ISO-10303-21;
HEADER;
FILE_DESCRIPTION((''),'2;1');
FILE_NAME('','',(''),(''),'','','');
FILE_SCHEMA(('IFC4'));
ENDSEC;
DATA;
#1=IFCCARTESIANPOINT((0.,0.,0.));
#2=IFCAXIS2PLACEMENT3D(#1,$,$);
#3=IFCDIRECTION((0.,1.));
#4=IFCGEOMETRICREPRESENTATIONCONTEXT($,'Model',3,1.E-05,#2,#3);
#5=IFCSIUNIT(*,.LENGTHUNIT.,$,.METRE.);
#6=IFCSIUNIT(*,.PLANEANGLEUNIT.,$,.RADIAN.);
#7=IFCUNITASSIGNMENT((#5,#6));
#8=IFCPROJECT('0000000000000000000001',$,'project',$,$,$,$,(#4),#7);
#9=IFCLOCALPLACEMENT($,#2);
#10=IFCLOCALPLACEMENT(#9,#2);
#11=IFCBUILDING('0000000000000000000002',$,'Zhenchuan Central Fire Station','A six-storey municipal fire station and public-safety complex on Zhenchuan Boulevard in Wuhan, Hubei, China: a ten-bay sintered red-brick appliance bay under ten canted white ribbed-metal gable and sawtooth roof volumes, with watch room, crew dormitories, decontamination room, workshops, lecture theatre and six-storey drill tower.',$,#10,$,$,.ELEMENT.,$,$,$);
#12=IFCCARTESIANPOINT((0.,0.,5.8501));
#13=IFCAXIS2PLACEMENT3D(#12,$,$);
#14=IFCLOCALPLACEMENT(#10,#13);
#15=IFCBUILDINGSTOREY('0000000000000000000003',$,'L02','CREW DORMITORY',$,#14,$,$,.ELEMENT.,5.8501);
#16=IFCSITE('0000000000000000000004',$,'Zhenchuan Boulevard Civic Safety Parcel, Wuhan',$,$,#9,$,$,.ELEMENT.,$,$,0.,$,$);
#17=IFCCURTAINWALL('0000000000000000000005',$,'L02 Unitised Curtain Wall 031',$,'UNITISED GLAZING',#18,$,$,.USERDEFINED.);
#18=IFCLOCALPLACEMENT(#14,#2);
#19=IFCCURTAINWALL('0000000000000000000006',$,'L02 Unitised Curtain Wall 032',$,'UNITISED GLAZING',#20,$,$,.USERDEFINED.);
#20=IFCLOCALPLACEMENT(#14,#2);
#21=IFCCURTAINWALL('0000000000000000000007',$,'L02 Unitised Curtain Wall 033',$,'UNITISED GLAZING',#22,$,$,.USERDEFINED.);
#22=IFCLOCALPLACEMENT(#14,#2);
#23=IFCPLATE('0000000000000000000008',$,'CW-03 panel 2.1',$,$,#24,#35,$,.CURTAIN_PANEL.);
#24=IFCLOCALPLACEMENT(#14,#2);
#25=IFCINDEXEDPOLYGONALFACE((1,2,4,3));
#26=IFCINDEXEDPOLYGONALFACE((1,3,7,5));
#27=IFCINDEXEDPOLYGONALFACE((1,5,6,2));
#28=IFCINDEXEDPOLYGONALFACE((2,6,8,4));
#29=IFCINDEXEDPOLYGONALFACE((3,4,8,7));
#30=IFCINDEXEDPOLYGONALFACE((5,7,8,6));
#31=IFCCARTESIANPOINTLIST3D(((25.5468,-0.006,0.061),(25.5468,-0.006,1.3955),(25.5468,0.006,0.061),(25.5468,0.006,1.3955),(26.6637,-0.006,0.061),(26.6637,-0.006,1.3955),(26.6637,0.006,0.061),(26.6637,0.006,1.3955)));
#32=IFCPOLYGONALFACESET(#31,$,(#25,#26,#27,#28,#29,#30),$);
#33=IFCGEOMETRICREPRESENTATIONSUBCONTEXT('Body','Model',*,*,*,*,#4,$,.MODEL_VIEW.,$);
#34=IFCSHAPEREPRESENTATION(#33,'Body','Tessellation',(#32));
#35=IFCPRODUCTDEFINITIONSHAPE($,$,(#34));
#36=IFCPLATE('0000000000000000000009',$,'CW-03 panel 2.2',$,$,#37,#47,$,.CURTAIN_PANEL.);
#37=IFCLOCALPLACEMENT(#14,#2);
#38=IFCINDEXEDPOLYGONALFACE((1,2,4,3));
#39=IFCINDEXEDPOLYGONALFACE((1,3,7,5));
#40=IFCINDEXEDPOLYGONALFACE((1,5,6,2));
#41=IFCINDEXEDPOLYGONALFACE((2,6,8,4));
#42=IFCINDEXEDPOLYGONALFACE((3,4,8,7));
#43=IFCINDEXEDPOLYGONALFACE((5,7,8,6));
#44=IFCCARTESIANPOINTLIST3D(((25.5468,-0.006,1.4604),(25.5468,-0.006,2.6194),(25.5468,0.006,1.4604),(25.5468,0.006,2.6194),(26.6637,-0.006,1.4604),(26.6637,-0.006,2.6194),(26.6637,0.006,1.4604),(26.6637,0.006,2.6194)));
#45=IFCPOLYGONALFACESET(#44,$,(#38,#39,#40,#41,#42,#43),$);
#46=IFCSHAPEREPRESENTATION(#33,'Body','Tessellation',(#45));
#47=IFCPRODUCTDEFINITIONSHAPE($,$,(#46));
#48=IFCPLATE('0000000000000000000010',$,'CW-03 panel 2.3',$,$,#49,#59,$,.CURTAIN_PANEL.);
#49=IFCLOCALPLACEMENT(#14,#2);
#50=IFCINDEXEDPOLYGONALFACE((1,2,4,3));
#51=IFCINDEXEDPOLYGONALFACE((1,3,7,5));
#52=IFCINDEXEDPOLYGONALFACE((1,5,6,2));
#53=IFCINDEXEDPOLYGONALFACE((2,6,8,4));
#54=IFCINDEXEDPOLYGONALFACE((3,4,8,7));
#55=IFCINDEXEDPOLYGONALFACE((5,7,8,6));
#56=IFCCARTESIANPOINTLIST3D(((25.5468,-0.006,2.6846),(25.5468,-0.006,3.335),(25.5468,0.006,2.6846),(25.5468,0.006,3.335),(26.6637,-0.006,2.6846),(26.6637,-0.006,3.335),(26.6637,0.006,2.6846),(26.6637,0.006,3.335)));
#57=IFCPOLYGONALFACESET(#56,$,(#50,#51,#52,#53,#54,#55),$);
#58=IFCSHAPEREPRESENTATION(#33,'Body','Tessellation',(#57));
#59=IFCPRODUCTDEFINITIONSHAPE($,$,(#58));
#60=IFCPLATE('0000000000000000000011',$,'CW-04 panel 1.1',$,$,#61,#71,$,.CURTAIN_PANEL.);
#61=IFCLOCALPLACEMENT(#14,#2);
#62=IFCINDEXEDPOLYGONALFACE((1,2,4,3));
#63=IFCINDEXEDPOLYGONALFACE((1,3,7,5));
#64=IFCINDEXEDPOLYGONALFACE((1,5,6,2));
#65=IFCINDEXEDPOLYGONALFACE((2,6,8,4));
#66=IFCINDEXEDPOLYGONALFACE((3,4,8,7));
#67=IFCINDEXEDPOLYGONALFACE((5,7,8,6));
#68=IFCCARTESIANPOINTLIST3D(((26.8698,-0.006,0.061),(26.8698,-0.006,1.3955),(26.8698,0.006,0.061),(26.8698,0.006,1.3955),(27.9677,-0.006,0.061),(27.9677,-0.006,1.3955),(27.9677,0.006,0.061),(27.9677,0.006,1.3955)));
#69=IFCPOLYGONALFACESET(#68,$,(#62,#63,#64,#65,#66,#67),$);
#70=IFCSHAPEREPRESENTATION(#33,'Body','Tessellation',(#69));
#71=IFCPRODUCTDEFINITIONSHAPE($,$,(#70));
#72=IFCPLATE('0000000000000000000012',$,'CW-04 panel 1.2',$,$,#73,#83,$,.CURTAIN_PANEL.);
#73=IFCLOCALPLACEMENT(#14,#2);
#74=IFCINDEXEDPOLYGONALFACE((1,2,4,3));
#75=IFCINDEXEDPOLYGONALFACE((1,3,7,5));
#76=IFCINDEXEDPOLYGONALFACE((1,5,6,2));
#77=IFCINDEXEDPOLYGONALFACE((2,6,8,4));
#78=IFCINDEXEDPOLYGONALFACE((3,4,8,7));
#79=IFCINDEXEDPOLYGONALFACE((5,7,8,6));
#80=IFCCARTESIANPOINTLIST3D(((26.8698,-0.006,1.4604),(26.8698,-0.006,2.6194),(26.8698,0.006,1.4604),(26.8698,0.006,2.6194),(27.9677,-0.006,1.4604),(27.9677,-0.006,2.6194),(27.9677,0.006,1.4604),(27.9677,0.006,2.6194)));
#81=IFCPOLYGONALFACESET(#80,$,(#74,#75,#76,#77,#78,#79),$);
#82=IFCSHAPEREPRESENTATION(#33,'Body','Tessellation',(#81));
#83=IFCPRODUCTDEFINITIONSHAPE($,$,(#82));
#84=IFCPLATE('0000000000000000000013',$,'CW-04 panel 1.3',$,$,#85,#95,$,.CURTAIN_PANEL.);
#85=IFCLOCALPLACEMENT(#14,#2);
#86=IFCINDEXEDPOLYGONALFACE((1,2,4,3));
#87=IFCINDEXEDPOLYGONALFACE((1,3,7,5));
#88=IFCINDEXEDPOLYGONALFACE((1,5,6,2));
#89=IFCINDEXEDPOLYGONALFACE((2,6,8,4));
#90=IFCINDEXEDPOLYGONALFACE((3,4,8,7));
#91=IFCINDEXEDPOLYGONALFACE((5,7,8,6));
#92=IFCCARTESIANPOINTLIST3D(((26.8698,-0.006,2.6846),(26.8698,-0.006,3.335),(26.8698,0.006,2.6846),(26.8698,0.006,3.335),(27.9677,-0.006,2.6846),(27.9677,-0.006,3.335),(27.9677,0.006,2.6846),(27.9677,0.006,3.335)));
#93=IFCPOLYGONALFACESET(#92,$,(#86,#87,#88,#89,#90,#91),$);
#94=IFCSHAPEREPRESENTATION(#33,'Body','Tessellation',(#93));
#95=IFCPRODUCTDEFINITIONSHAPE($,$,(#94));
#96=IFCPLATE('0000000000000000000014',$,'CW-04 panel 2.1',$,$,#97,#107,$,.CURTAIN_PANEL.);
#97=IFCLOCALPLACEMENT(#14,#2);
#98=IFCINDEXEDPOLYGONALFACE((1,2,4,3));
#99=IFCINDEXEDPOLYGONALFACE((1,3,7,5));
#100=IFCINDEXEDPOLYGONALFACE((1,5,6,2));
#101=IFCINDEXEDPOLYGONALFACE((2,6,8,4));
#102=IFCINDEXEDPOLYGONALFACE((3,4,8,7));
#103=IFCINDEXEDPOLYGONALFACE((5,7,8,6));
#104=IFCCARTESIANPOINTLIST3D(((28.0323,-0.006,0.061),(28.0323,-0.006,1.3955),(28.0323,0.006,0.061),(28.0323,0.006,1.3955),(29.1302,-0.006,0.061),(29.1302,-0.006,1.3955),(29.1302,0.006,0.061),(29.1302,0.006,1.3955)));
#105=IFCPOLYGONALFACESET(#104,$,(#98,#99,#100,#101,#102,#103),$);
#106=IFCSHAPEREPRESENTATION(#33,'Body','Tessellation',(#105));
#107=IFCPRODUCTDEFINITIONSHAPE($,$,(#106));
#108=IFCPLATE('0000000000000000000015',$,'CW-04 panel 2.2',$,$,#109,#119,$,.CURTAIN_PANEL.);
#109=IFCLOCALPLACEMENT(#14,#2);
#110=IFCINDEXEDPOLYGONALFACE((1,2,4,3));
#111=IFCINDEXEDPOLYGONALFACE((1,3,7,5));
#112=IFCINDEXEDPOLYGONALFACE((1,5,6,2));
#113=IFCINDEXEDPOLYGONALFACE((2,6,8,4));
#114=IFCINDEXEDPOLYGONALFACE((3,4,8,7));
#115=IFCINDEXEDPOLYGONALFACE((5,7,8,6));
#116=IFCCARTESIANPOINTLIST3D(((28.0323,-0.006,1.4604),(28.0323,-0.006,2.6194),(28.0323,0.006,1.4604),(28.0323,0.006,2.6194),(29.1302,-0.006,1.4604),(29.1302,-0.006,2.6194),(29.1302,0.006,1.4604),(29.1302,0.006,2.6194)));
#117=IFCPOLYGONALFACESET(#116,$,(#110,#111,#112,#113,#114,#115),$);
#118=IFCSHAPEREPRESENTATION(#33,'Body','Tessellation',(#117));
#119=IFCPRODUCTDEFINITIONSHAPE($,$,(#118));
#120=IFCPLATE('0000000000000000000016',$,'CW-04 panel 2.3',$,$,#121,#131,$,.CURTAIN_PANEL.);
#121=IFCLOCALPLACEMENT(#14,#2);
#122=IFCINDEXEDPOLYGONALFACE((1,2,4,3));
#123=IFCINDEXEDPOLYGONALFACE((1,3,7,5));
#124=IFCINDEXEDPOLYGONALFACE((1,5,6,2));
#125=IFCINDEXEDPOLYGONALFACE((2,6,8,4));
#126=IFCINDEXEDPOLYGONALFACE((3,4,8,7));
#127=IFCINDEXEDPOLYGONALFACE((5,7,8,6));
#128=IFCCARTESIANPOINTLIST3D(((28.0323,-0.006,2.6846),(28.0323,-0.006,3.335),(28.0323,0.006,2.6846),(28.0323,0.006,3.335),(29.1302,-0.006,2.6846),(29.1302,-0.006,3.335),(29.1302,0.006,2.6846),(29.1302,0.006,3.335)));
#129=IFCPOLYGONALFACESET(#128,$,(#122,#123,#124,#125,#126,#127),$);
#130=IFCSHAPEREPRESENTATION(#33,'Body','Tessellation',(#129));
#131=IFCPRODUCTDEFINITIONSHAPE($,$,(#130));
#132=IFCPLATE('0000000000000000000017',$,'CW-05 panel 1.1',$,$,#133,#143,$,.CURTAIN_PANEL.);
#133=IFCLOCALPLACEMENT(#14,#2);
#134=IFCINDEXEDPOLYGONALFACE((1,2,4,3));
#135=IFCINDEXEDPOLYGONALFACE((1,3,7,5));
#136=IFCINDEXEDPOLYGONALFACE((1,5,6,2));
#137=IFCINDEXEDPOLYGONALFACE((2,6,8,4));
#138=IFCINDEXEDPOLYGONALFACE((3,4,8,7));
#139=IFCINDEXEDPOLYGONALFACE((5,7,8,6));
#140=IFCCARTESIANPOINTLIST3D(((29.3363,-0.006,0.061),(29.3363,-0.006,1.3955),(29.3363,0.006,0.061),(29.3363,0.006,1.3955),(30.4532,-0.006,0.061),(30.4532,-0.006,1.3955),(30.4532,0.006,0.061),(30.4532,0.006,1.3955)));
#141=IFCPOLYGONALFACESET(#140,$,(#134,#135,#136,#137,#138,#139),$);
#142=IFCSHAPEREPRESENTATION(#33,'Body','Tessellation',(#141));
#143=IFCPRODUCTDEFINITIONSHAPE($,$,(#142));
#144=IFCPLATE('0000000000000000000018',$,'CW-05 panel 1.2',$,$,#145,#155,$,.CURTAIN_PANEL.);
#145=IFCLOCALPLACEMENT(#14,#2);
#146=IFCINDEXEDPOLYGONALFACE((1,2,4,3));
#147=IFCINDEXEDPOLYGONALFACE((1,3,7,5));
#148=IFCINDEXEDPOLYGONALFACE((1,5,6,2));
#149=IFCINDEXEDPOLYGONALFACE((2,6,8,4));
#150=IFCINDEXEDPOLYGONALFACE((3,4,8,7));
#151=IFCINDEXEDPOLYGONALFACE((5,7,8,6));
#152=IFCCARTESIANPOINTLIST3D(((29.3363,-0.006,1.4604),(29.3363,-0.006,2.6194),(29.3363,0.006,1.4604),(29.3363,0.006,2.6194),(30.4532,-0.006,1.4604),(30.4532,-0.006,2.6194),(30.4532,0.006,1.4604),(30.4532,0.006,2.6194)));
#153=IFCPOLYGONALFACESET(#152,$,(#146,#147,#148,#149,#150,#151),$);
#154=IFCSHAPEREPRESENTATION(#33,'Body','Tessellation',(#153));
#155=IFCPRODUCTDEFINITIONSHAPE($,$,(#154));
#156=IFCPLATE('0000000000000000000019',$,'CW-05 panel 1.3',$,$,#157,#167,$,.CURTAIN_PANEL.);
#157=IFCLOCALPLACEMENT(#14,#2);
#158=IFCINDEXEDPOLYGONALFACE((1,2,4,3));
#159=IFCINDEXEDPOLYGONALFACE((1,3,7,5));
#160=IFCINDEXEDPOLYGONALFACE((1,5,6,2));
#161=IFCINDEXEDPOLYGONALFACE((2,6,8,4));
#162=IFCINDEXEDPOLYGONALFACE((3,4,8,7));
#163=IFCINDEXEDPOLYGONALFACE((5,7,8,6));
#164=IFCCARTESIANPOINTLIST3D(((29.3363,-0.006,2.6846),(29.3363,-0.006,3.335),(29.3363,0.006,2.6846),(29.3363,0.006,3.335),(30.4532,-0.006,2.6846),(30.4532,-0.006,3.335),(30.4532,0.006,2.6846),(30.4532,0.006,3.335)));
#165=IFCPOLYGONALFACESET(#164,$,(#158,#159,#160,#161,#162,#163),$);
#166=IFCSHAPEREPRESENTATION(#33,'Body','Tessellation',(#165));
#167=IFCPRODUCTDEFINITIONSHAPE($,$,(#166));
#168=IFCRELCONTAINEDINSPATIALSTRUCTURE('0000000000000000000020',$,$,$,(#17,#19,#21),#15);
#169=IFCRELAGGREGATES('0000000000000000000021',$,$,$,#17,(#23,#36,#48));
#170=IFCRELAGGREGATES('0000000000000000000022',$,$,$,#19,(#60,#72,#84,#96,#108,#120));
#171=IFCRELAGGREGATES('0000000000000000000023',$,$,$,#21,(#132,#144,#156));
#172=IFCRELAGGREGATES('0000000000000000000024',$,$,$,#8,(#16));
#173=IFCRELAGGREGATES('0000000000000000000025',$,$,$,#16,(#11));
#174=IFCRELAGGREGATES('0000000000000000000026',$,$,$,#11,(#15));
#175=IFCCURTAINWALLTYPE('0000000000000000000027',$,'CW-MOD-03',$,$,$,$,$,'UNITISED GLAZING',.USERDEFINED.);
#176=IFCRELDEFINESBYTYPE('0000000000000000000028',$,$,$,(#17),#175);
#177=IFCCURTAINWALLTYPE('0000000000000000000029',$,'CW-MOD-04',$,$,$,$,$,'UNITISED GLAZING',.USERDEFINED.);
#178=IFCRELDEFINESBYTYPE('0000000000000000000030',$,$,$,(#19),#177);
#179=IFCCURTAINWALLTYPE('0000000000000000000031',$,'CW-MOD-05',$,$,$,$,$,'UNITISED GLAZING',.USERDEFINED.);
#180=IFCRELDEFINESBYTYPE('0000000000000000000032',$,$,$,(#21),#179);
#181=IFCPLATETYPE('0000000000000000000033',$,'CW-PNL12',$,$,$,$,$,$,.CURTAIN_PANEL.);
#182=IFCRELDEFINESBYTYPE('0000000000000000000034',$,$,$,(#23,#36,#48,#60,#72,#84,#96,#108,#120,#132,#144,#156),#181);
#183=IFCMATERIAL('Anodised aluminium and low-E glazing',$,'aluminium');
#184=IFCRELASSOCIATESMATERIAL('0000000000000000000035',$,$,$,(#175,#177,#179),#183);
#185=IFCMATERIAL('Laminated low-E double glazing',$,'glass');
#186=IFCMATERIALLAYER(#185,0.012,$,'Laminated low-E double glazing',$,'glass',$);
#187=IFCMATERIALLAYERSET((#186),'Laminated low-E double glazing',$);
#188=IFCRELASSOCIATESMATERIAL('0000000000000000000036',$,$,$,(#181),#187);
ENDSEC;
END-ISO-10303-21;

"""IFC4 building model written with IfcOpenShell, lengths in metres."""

from ifc_helpers import new_model, si_unit, direction, frame, origin, origin_2d, place, context, subcontext, project, spatial, rectangle, extrude, material, layer, layer_set, type_object, element, aggregate, save


model = new_model("IFC4")

# Units and contexts
model_context = context("Model", 3, precision=1e-05, world=origin(), true_north=direction((0.0, 1.0)))
body_context = subcontext(model_context, "Body", "Model", "MODEL_VIEW")
ifc_project = project(units=[si_unit("LENGTHUNIT", "METRE"), si_unit("PLANEANGLEUNIT", "RADIAN")], contexts=[model_context])

# Site, building, storey
site_placement = place(None, origin())
site = spatial("IfcSite", under=ifc_project, at=site_placement, Name="Zhenchuan Boulevard Civic Safety Parcel, Wuhan", CompositionType="ELEMENT", RefElevation=0.0)
building_placement = place(site_placement, origin())
building = spatial("IfcBuilding", under=site, at=building_placement, Name="Zhenchuan Central Fire Station", Description="A six-storey municipal fire station and public-safety complex on Zhenchuan Boulevard in Wuhan, Hubei, China: a ten-bay sintered red-brick appliance bay under ten canted white ribbed-metal gable and sawtooth roof volumes, with watch room, crew dormitories, decontamination room, workshops, lecture theatre and six-storey drill tower.", CompositionType="ELEMENT")
storey_placement = place(building_placement, frame((0.0, 0.0, 5.8501)))
storey = spatial("IfcBuildingStorey", under=building, at=storey_placement, Name="L02", Description="CREW DORMITORY", CompositionType="ELEMENT", Elevation=5.8501)

# Curtain wall
ifc_material_1 = material(Name="Anodised aluminium and low-E glazing", Category="aluminium")
curtain_wall_type_1 = type_object("IfcCurtainWallType", Name="CW-MOD-03", ElementType="UNITISED GLAZING", PredefinedType="USERDEFINED", material=ifc_material_1)
curtain_wall_1_placement = place(storey_placement, origin())
curtain_wall_1 = element("IfcCurtainWall", 1, at=curtain_wall_1_placement, inside=storey, type_object=curtain_wall_type_1, Name="L02 Unitised Curtain Wall 031", ObjectType="UNITISED GLAZING", PredefinedType="USERDEFINED")

# Curtain walls
curtain_wall_type_2 = type_object("IfcCurtainWallType", Name="CW-MOD-04", ElementType="UNITISED GLAZING", PredefinedType="USERDEFINED", material=ifc_material_1)
curtain_wall_2_placement = place(storey_placement, origin())
curtain_wall_2 = element("IfcCurtainWall", 2, at=curtain_wall_2_placement, inside=storey, type_object=curtain_wall_type_2, Name="L02 Unitised Curtain Wall 032", ObjectType="UNITISED GLAZING", PredefinedType="USERDEFINED")
curtain_wall_type_3 = type_object("IfcCurtainWallType", Name="CW-MOD-05", ElementType="UNITISED GLAZING", PredefinedType="USERDEFINED", material=ifc_material_1)
curtain_wall_3_placement = place(storey_placement, origin())
curtain_wall_3 = element("IfcCurtainWall", 3, at=curtain_wall_3_placement, inside=storey, type_object=curtain_wall_type_3, Name="L02 Unitised Curtain Wall 033", ObjectType="UNITISED GLAZING", PredefinedType="USERDEFINED")

# Plates
ifc_material_2 = material(Name="Laminated low-E double glazing", Category="glass")
ifc_layer = layer(ifc_material_2, 0.012, Name="Laminated low-E double glazing", Category="glass")
ifc_layer_set = layer_set([ifc_layer], Name="Laminated low-E double glazing")
plate_type = type_object("IfcPlateType", Name="CW-PNL12", PredefinedType="CURTAIN_PANEL", material=ifc_layer_set)
plate_1_placement = place(storey_placement, frame((26.1052, 0.0, 0.061), z_axis=(0.0, 0.0, 1.0), x_axis=(1.0, 0.0, 0.0)))
plate_1 = element("IfcPlate", 4, at=plate_1_placement, type_object=plate_type, Name="CW-03 panel 2.1", PredefinedType="CURTAIN_PANEL", context=body_context, shape_type="SweptSolid", body=[
    extrude(rectangle(XDim=1.1169, YDim=0.012, at=origin_2d()), origin(), (0.0, 0.0, 1.0), 1.3345),
])
plate_2_placement = place(storey_placement, frame((26.1052, 0.0, 1.4604), z_axis=(0.0, 0.0, 1.0), x_axis=(1.0, 0.0, 0.0)))
plate_2 = element("IfcPlate", 5, at=plate_2_placement, type_object=plate_type, Name="CW-03 panel 2.2", PredefinedType="CURTAIN_PANEL", context=body_context, shape_type="SweptSolid", body=[
    extrude(rectangle(XDim=1.1169, YDim=0.012, at=origin_2d()), origin(), (0.0, 0.0, 1.0), 1.1589),
])
plate_3_placement = place(storey_placement, frame((26.1052, 0.0, 2.6846), z_axis=(0.0, 0.0, 1.0), x_axis=(1.0, 0.0, 0.0)))
plate_3 = element("IfcPlate", 6, at=plate_3_placement, type_object=plate_type, Name="CW-03 panel 2.3", PredefinedType="CURTAIN_PANEL", context=body_context, shape_type="SweptSolid", body=[
    extrude(rectangle(XDim=1.1169, YDim=0.012, at=origin_2d()), origin(), (0.0, 0.0, 1.0), 0.6504),
])
aggregate(curtain_wall_1, [plate_1, plate_2, plate_3])
plate_4_placement = place(storey_placement, frame((27.4187, 0.0, 0.061), z_axis=(0.0, 0.0, 1.0), x_axis=(1.0, 0.0, 0.0)))
plate_4 = element("IfcPlate", 7, at=plate_4_placement, type_object=plate_type, Name="CW-04 panel 1.1", PredefinedType="CURTAIN_PANEL", context=body_context, shape_type="SweptSolid", body=[
    extrude(rectangle(XDim=1.0979, YDim=0.012, at=origin_2d()), origin(), (0.0, 0.0, 1.0), 1.3345),
])
plate_5_placement = place(storey_placement, frame((27.4187, 0.0, 1.4604), z_axis=(0.0, 0.0, 1.0), x_axis=(1.0, 0.0, 0.0)))
plate_5 = element("IfcPlate", 8, at=plate_5_placement, type_object=plate_type, Name="CW-04 panel 1.2", PredefinedType="CURTAIN_PANEL", context=body_context, shape_type="SweptSolid", body=[
    extrude(rectangle(XDim=1.0979, YDim=0.012, at=origin_2d()), origin(), (0.0, 0.0, 1.0), 1.1589),
])
plate_6_placement = place(storey_placement, frame((27.4187, 0.0, 2.6846), z_axis=(0.0, 0.0, 1.0), x_axis=(1.0, 0.0, 0.0)))
plate_6 = element("IfcPlate", 9, at=plate_6_placement, type_object=plate_type, Name="CW-04 panel 1.3", PredefinedType="CURTAIN_PANEL", context=body_context, shape_type="SweptSolid", body=[
    extrude(rectangle(XDim=1.0979, YDim=0.012, at=origin_2d()), origin(), (0.0, 0.0, 1.0), 0.6504),
])
plate_7_placement = place(storey_placement, frame((28.5813, 0.0, 0.061), z_axis=(0.0, 0.0, 1.0), x_axis=(1.0, 0.0, 0.0)))
plate_7 = element("IfcPlate", 10, at=plate_7_placement, type_object=plate_type, Name="CW-04 panel 2.1", PredefinedType="CURTAIN_PANEL", context=body_context, shape_type="SweptSolid", body=[
    extrude(rectangle(XDim=1.0979, YDim=0.012, at=origin_2d()), origin(), (0.0, 0.0, 1.0), 1.3345),
])
plate_8_placement = place(storey_placement, frame((28.5813, 0.0, 1.4604), z_axis=(0.0, 0.0, 1.0), x_axis=(1.0, 0.0, 0.0)))
plate_8 = element("IfcPlate", 11, at=plate_8_placement, type_object=plate_type, Name="CW-04 panel 2.2", PredefinedType="CURTAIN_PANEL", context=body_context, shape_type="SweptSolid", body=[
    extrude(rectangle(XDim=1.0979, YDim=0.012, at=origin_2d()), origin(), (0.0, 0.0, 1.0), 1.1589),
])
plate_9_placement = place(storey_placement, frame((28.5813, 0.0, 2.6846), z_axis=(0.0, 0.0, 1.0), x_axis=(1.0, 0.0, 0.0)))
plate_9 = element("IfcPlate", 12, at=plate_9_placement, type_object=plate_type, Name="CW-04 panel 2.3", PredefinedType="CURTAIN_PANEL", context=body_context, shape_type="SweptSolid", body=[
    extrude(rectangle(XDim=1.0979, YDim=0.012, at=origin_2d()), origin(), (0.0, 0.0, 1.0), 0.6504),
])
aggregate(curtain_wall_2, [plate_4, plate_5, plate_6, plate_7, plate_8, plate_9])
plate_10_placement = place(storey_placement, frame((29.8948, 0.0, 0.061), z_axis=(0.0, 0.0, 1.0), x_axis=(1.0, 0.0, 0.0)))
plate_10 = element("IfcPlate", 13, at=plate_10_placement, type_object=plate_type, Name="CW-05 panel 1.1", PredefinedType="CURTAIN_PANEL", context=body_context, shape_type="SweptSolid", body=[
    extrude(rectangle(XDim=1.1169, YDim=0.012, at=origin_2d()), origin(), (0.0, 0.0, 1.0), 1.3345),
])
plate_11_placement = place(storey_placement, frame((29.8948, 0.0, 1.4604), z_axis=(0.0, 0.0, 1.0), x_axis=(1.0, 0.0, 0.0)))
plate_11 = element("IfcPlate", 14, at=plate_11_placement, type_object=plate_type, Name="CW-05 panel 1.2", PredefinedType="CURTAIN_PANEL", context=body_context, shape_type="SweptSolid", body=[
    extrude(rectangle(XDim=1.1169, YDim=0.012, at=origin_2d()), origin(), (0.0, 0.0, 1.0), 1.1589),
])
plate_12_placement = place(storey_placement, frame((29.8948, 0.0, 2.6846), z_axis=(0.0, 0.0, 1.0), x_axis=(1.0, 0.0, 0.0)))
plate_12 = element("IfcPlate", 15, at=plate_12_placement, type_object=plate_type, Name="CW-05 panel 1.3", PredefinedType="CURTAIN_PANEL", context=body_context, shape_type="SweptSolid", body=[
    extrude(rectangle(XDim=1.1169, YDim=0.012, at=origin_2d()), origin(), (0.0, 0.0, 1.0), 0.6504),
])
aggregate(curtain_wall_3, [plate_10, plate_11, plate_12])

save(model, "model.ifc")
